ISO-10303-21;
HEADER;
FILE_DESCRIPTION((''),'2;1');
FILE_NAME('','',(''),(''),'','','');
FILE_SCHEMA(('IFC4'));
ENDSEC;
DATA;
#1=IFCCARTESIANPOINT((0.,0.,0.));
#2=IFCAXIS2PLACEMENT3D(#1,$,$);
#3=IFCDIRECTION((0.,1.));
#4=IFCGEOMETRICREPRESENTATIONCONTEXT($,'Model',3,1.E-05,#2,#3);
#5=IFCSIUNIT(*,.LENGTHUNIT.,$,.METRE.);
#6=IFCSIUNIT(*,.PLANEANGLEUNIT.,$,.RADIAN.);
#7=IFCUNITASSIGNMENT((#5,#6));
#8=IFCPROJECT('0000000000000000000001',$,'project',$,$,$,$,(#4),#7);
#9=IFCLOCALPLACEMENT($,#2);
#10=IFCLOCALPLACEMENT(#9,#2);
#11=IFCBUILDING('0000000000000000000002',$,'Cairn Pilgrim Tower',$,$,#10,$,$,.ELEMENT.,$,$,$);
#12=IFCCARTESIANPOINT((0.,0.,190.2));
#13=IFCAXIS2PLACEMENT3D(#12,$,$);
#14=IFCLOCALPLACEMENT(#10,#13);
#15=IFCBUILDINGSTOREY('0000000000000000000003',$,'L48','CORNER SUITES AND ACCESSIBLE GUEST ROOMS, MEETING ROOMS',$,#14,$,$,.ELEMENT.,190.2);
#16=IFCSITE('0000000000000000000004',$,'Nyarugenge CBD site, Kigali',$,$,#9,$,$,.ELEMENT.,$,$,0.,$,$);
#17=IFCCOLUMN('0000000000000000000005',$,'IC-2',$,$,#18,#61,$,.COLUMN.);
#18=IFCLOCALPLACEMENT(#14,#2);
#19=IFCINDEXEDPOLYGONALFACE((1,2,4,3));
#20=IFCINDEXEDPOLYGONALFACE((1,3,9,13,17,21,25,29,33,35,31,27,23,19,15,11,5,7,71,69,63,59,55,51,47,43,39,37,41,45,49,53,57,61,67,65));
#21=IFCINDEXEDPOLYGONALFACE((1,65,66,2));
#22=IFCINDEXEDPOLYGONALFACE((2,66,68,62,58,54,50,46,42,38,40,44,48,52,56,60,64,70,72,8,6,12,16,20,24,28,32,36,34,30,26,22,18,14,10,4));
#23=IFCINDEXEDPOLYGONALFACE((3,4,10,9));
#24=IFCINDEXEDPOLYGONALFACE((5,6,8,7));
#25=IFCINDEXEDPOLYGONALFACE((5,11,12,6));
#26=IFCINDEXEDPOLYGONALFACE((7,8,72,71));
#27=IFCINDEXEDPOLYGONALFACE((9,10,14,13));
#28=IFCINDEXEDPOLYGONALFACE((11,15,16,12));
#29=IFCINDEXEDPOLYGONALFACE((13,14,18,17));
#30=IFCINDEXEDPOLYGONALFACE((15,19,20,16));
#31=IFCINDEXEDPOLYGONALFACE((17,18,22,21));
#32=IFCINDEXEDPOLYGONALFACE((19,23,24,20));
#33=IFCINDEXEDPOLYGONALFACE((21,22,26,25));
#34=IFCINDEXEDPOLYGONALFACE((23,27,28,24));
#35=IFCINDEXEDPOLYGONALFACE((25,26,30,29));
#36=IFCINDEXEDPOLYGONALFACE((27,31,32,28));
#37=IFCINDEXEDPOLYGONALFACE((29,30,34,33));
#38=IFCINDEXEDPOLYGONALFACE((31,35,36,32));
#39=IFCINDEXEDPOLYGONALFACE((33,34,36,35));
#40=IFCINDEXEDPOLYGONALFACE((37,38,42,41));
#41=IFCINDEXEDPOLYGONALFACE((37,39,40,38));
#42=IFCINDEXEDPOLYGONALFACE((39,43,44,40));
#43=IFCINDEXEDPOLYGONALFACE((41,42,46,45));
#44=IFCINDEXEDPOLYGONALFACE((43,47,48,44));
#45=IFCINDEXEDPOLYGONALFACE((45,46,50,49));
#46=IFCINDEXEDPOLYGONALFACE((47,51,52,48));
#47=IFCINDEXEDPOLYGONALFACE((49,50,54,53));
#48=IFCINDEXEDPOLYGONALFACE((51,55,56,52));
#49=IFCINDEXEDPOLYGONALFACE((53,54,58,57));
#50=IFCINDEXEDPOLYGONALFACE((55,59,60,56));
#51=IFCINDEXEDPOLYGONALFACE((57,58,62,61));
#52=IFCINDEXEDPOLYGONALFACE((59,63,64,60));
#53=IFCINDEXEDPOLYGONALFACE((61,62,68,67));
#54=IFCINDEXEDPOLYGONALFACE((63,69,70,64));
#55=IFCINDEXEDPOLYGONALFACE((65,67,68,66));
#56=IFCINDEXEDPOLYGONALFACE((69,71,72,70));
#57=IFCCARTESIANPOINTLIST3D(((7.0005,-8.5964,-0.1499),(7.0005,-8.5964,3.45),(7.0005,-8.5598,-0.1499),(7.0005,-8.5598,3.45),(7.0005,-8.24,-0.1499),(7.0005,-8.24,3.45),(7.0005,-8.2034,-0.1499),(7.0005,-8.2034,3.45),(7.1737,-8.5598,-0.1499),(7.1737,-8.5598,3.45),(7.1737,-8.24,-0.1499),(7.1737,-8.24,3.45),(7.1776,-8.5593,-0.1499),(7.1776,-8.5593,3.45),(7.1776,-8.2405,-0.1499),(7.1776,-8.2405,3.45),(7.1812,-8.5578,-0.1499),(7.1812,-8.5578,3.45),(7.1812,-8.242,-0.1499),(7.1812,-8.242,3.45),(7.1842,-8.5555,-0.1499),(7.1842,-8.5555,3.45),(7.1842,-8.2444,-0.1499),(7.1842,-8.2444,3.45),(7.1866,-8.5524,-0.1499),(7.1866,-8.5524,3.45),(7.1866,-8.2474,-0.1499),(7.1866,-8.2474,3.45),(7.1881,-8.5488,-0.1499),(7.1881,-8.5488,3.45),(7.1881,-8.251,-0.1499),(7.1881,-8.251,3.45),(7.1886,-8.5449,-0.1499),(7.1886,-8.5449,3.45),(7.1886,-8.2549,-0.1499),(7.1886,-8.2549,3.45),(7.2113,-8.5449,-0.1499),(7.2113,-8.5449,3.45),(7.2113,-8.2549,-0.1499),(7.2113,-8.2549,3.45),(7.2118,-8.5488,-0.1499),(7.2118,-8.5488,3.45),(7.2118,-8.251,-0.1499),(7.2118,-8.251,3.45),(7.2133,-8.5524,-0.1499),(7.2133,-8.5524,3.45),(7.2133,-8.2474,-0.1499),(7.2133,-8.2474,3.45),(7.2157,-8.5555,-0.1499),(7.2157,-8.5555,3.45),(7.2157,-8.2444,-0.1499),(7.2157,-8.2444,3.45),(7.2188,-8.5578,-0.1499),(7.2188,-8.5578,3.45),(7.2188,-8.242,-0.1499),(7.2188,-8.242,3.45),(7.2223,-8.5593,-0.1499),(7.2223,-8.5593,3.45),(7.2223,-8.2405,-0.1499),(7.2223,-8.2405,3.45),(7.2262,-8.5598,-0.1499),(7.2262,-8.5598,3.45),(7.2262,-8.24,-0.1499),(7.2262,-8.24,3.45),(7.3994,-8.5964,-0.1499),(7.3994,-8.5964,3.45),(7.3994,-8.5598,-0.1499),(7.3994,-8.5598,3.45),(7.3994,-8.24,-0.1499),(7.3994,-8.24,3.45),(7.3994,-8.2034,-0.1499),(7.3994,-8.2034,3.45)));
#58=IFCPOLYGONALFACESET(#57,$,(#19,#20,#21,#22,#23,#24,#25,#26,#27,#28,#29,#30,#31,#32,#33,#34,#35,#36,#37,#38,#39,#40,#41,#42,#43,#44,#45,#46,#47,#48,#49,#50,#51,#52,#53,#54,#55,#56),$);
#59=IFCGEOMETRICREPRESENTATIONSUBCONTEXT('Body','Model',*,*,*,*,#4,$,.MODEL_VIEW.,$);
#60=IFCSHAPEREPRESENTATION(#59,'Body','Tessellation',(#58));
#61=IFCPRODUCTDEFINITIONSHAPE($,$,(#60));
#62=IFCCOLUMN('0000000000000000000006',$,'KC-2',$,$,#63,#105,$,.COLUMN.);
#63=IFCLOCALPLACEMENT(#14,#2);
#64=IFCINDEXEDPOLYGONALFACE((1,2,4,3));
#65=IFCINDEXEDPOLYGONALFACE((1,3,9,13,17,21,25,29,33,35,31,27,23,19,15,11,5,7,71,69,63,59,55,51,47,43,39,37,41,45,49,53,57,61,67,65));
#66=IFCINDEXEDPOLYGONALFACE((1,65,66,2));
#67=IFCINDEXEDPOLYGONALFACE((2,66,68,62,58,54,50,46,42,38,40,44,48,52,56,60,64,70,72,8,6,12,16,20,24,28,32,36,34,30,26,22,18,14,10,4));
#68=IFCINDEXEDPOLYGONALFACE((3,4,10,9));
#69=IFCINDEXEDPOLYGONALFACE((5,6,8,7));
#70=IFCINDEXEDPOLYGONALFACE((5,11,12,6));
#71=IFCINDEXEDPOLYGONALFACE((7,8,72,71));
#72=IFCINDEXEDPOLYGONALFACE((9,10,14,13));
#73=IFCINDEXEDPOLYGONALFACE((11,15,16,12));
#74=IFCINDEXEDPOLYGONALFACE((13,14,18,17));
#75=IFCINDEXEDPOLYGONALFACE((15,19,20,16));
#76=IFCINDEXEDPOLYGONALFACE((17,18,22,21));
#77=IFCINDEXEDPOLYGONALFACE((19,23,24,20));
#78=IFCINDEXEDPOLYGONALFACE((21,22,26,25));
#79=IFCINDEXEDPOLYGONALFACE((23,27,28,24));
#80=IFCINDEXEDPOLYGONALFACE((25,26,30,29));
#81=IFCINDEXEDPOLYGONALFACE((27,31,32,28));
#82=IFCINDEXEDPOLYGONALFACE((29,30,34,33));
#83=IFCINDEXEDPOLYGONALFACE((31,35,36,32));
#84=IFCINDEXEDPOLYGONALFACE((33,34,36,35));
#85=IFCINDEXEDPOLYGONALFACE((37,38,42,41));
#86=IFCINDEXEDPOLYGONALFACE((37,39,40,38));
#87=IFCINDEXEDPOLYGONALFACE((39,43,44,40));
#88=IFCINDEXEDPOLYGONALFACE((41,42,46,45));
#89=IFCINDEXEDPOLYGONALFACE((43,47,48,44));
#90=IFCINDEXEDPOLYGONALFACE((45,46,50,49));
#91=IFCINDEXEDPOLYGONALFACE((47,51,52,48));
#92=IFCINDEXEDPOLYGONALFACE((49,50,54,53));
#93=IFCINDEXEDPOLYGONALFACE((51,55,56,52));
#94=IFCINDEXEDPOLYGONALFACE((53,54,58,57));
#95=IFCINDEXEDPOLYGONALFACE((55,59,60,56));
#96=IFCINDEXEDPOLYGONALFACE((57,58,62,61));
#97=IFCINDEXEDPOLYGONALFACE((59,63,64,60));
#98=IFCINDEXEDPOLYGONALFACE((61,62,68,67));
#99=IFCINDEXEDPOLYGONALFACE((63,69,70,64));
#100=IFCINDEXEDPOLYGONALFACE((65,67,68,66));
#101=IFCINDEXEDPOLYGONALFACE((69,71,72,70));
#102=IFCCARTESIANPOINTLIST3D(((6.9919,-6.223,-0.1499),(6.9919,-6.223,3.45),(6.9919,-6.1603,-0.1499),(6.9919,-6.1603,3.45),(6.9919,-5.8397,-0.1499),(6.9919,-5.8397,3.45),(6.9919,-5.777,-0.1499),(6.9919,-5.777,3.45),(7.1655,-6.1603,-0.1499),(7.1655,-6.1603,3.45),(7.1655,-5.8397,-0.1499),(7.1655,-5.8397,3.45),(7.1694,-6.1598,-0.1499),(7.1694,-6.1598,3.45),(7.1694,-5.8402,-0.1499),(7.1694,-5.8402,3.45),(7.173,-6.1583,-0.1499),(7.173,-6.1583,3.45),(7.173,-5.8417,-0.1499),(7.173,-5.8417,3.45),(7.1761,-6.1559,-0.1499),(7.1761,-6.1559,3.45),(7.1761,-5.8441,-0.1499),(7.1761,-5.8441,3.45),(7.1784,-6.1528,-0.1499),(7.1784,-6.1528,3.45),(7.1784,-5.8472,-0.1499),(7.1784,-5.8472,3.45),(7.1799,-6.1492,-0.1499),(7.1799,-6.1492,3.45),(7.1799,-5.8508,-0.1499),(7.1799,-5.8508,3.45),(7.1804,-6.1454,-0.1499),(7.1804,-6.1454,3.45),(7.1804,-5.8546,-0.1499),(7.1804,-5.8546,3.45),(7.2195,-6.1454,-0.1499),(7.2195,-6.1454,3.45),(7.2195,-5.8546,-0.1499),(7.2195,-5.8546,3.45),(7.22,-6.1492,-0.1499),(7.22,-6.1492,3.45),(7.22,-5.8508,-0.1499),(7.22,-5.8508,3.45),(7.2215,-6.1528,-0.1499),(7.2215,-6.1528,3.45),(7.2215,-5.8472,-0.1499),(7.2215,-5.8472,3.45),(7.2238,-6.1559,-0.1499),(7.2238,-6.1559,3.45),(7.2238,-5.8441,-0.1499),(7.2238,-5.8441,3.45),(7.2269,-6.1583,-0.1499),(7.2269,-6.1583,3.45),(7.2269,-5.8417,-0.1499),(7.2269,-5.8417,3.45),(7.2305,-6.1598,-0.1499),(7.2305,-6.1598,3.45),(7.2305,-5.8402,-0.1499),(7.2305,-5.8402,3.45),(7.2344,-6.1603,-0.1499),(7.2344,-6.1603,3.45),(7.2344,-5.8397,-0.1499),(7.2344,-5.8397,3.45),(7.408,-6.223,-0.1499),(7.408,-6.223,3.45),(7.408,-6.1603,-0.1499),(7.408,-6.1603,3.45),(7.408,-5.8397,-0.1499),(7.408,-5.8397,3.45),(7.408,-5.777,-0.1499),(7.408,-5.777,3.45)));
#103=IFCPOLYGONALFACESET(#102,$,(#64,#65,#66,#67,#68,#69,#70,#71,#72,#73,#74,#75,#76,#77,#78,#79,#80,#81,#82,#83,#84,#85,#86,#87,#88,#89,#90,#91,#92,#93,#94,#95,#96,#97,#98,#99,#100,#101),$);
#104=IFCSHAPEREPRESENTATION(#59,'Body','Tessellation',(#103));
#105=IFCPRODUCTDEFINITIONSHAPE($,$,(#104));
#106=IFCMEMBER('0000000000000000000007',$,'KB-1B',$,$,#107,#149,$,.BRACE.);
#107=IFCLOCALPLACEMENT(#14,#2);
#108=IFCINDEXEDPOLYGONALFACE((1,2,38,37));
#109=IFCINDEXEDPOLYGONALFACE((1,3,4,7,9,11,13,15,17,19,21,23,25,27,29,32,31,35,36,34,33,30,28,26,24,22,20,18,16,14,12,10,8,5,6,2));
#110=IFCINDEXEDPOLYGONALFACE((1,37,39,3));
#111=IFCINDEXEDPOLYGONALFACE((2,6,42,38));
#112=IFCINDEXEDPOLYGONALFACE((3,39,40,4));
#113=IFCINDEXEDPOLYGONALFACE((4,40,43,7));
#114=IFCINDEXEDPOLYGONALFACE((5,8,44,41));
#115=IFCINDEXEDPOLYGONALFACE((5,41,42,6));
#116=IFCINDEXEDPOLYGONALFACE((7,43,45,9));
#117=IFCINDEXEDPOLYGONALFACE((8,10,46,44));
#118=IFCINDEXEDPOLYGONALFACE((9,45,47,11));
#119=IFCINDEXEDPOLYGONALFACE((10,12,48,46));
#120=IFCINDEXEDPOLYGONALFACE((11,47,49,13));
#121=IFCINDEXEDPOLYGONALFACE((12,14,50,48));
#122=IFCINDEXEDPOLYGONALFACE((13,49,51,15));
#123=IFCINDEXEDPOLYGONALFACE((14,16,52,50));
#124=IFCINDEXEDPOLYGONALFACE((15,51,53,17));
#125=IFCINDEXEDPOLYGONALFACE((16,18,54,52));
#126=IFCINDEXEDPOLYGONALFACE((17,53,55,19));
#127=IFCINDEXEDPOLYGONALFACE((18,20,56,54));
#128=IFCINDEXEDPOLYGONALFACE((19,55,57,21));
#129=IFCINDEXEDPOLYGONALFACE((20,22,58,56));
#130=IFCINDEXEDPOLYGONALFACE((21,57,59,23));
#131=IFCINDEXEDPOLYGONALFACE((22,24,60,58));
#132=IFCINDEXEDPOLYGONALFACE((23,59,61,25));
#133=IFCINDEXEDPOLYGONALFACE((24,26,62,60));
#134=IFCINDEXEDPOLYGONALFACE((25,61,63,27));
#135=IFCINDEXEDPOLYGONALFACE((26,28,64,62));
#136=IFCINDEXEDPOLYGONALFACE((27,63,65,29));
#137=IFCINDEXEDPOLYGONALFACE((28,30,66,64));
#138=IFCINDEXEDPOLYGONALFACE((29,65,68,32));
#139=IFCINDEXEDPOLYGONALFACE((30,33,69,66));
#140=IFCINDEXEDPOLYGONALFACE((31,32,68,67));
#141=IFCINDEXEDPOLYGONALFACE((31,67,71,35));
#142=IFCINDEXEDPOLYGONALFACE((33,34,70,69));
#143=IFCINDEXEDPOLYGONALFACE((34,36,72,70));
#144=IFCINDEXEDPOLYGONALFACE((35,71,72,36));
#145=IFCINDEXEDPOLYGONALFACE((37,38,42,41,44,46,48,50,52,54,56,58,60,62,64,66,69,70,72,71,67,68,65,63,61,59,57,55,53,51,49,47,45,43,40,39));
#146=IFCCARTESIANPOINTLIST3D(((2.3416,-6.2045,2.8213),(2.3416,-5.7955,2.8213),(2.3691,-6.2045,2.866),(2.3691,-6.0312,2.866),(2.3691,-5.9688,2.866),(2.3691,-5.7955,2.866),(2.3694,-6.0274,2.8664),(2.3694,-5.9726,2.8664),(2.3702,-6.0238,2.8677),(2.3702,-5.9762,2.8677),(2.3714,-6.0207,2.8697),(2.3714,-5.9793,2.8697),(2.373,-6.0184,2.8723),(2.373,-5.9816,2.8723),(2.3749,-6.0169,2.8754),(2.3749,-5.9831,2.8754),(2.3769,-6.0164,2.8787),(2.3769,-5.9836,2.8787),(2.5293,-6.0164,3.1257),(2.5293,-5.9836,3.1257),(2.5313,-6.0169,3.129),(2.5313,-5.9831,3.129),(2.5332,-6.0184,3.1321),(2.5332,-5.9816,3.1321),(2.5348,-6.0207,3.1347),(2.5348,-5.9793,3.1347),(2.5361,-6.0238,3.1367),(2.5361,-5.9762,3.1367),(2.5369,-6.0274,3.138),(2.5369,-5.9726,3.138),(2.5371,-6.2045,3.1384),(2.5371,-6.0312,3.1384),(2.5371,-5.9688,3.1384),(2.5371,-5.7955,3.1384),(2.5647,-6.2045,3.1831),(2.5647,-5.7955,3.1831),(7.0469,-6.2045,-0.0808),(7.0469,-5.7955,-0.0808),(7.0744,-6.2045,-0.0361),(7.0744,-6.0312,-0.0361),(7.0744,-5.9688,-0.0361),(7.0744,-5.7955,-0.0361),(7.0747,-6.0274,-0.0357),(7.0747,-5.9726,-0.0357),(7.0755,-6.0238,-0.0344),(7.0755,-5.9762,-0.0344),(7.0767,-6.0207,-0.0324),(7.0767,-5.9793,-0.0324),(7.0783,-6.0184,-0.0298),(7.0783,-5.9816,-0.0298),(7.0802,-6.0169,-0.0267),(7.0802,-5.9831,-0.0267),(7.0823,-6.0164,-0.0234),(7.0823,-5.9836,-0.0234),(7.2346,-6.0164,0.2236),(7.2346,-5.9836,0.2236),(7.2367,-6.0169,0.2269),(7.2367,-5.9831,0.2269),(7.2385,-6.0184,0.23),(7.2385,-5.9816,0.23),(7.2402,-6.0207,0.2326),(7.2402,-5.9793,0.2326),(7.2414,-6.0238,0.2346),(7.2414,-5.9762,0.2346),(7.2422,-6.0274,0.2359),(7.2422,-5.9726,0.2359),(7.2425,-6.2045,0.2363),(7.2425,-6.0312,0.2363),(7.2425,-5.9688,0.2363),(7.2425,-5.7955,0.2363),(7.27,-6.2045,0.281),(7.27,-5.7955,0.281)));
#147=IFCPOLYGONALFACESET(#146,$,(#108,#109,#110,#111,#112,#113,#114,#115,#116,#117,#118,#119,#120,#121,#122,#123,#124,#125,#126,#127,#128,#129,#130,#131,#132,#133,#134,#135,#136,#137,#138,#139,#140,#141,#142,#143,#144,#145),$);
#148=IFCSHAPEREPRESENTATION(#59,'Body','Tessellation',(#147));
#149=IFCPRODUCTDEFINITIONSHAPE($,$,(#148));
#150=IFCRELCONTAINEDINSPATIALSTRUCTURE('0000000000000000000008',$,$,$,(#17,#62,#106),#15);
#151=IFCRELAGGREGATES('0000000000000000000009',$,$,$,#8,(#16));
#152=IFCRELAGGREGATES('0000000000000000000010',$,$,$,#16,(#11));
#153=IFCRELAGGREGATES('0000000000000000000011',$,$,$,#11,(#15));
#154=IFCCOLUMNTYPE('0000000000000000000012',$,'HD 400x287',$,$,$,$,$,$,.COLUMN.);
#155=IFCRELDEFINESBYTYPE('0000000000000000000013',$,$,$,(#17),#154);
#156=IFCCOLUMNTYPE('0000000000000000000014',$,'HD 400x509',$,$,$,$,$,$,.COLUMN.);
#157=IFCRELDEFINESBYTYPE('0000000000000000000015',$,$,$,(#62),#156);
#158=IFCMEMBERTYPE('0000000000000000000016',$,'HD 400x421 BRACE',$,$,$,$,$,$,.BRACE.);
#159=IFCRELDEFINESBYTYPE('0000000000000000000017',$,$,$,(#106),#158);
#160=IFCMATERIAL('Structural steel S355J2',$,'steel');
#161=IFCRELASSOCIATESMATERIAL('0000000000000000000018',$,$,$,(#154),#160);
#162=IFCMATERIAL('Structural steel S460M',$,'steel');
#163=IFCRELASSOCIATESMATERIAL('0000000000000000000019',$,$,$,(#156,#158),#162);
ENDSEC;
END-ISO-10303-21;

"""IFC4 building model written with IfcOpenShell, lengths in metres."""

from ifc_helpers import new_model, si_unit, direction, frame, origin, origin_2d, place, context, subcontext, project, spatial, i_section, extrude, material, material_profile, profile_set, type_object, element, save


model = new_model("IFC4")

# Units and contexts
model_context = context("Model", 3, precision=1e-05, world=origin(), true_north=direction((0.0, 1.0)))
body_context = subcontext(model_context, "Body", "Model", "MODEL_VIEW")
ifc_project = project(units=[si_unit("LENGTHUNIT", "METRE"), si_unit("PLANEANGLEUNIT", "RADIAN")], contexts=[model_context])

# Site, building, storey
site_placement = place(None, origin())
site = spatial("IfcSite", under=ifc_project, at=site_placement, Name="Nyarugenge CBD site, Kigali", CompositionType="ELEMENT", RefElevation=0.0)
building_placement = place(site_placement, origin())
building = spatial("IfcBuilding", under=site, at=building_placement, Name="Cairn Pilgrim Tower", CompositionType="ELEMENT")
storey_placement = place(building_placement, frame((0.0, 0.0, 190.2)))
storey = spatial("IfcBuildingStorey", under=building, at=storey_placement, Name="L48", Description="CORNER SUITES AND ACCESSIBLE GUEST ROOMS, MEETING ROOMS", CompositionType="ELEMENT", Elevation=190.2)

# Columns
ifc_material_1 = material(Name="Structural steel S355J2", Category="steel")
ifc_material_profile_1 = material_profile(ifc_material_1, i_section(OverallWidth=0.3989, OverallDepth=0.3931, WebThickness=0.0227, FlangeThickness=0.0366, FilletRadius=0.0149, at=origin_2d()), Name="HD 400x287")
ifc_profile_set_1 = profile_set([ifc_material_profile_1], Name="Structural steel S355J2")
column_type_1 = type_object("IfcColumnType", Name="HD 400x287", PredefinedType="COLUMN", material=ifc_profile_set_1)
column_1_placement = place(storey_placement, frame((7.2, -8.3999, -0.1499), z_axis=(0.0, 0.0, 1.0), x_axis=(1.0, 0.0, 0.0)))
element("IfcColumn", 1, at=column_1_placement, inside=storey, type_object=column_type_1, Name="IC-2", PredefinedType="COLUMN", context=body_context, shape_type="SweptSolid", body=[
    extrude(i_section(OverallWidth=0.3989, OverallDepth=0.3931, WebThickness=0.0227, FlangeThickness=0.0366, FilletRadius=0.0149, at=origin_2d()), origin(), (0.0, 0.0, 1.0), 3.5999),
])
ifc_material_2 = material(Name="Structural steel S460M", Category="steel")
ifc_material_profile_2 = material_profile(ifc_material_2, i_section(OverallWidth=0.416, OverallDepth=0.446, WebThickness=0.0391, FlangeThickness=0.0627, FilletRadius=0.0149, at=origin_2d()), Name="HD 400x509")
ifc_profile_set_2 = profile_set([ifc_material_profile_2], Name="Structural steel S460M")
column_type_2 = type_object("IfcColumnType", Name="HD 400x509", PredefinedType="COLUMN", material=ifc_profile_set_2)
column_2_placement = place(storey_placement, frame((7.2, -6.0, -0.1499), z_axis=(0.0, 0.0, 1.0), x_axis=(1.0, 0.0, 0.0)))
element("IfcColumn", 2, at=column_2_placement, inside=storey, type_object=column_type_2, Name="KC-2", PredefinedType="COLUMN", context=body_context, shape_type="SweptSolid", body=[
    extrude(i_section(OverallWidth=0.416, OverallDepth=0.446, WebThickness=0.0391, FlangeThickness=0.0627, FilletRadius=0.0149, at=origin_2d()), origin(), (0.0, 0.0, 1.0), 3.5999),
])

# Member
ifc_material_profile_3 = material_profile(ifc_material_2, i_section(OverallWidth=0.4089, OverallDepth=0.425, WebThickness=0.0327, FlangeThickness=0.0525, FilletRadius=0.0149, at=origin_2d()), Name="HD 400x421")
ifc_profile_set_3 = profile_set([ifc_material_profile_3], Name="Structural steel S460M")
member_type = type_object("IfcMemberType", Name="HD 400x421 BRACE", PredefinedType="BRACE", material=ifc_profile_set_3)
member_placement = place(storey_placement, frame((7.1584, -6.0, 0.1001), z_axis=(-0.851132, 0.0, 0.524952), x_axis=(0.0, -1.0, 0.0)))
element("IfcMember", 3, at=member_placement, inside=storey, type_object=member_type, Name="KB-1B", PredefinedType="BRACE", context=body_context, shape_type="SweptSolid", body=[
    extrude(i_section(OverallWidth=0.4089, OverallDepth=0.425, WebThickness=0.0327, FlangeThickness=0.0525, FilletRadius=0.0149, at=origin_2d()), origin(), (0.0, 0.0, 1.0), 5.5283),
])

save(model, "model.ifc")
